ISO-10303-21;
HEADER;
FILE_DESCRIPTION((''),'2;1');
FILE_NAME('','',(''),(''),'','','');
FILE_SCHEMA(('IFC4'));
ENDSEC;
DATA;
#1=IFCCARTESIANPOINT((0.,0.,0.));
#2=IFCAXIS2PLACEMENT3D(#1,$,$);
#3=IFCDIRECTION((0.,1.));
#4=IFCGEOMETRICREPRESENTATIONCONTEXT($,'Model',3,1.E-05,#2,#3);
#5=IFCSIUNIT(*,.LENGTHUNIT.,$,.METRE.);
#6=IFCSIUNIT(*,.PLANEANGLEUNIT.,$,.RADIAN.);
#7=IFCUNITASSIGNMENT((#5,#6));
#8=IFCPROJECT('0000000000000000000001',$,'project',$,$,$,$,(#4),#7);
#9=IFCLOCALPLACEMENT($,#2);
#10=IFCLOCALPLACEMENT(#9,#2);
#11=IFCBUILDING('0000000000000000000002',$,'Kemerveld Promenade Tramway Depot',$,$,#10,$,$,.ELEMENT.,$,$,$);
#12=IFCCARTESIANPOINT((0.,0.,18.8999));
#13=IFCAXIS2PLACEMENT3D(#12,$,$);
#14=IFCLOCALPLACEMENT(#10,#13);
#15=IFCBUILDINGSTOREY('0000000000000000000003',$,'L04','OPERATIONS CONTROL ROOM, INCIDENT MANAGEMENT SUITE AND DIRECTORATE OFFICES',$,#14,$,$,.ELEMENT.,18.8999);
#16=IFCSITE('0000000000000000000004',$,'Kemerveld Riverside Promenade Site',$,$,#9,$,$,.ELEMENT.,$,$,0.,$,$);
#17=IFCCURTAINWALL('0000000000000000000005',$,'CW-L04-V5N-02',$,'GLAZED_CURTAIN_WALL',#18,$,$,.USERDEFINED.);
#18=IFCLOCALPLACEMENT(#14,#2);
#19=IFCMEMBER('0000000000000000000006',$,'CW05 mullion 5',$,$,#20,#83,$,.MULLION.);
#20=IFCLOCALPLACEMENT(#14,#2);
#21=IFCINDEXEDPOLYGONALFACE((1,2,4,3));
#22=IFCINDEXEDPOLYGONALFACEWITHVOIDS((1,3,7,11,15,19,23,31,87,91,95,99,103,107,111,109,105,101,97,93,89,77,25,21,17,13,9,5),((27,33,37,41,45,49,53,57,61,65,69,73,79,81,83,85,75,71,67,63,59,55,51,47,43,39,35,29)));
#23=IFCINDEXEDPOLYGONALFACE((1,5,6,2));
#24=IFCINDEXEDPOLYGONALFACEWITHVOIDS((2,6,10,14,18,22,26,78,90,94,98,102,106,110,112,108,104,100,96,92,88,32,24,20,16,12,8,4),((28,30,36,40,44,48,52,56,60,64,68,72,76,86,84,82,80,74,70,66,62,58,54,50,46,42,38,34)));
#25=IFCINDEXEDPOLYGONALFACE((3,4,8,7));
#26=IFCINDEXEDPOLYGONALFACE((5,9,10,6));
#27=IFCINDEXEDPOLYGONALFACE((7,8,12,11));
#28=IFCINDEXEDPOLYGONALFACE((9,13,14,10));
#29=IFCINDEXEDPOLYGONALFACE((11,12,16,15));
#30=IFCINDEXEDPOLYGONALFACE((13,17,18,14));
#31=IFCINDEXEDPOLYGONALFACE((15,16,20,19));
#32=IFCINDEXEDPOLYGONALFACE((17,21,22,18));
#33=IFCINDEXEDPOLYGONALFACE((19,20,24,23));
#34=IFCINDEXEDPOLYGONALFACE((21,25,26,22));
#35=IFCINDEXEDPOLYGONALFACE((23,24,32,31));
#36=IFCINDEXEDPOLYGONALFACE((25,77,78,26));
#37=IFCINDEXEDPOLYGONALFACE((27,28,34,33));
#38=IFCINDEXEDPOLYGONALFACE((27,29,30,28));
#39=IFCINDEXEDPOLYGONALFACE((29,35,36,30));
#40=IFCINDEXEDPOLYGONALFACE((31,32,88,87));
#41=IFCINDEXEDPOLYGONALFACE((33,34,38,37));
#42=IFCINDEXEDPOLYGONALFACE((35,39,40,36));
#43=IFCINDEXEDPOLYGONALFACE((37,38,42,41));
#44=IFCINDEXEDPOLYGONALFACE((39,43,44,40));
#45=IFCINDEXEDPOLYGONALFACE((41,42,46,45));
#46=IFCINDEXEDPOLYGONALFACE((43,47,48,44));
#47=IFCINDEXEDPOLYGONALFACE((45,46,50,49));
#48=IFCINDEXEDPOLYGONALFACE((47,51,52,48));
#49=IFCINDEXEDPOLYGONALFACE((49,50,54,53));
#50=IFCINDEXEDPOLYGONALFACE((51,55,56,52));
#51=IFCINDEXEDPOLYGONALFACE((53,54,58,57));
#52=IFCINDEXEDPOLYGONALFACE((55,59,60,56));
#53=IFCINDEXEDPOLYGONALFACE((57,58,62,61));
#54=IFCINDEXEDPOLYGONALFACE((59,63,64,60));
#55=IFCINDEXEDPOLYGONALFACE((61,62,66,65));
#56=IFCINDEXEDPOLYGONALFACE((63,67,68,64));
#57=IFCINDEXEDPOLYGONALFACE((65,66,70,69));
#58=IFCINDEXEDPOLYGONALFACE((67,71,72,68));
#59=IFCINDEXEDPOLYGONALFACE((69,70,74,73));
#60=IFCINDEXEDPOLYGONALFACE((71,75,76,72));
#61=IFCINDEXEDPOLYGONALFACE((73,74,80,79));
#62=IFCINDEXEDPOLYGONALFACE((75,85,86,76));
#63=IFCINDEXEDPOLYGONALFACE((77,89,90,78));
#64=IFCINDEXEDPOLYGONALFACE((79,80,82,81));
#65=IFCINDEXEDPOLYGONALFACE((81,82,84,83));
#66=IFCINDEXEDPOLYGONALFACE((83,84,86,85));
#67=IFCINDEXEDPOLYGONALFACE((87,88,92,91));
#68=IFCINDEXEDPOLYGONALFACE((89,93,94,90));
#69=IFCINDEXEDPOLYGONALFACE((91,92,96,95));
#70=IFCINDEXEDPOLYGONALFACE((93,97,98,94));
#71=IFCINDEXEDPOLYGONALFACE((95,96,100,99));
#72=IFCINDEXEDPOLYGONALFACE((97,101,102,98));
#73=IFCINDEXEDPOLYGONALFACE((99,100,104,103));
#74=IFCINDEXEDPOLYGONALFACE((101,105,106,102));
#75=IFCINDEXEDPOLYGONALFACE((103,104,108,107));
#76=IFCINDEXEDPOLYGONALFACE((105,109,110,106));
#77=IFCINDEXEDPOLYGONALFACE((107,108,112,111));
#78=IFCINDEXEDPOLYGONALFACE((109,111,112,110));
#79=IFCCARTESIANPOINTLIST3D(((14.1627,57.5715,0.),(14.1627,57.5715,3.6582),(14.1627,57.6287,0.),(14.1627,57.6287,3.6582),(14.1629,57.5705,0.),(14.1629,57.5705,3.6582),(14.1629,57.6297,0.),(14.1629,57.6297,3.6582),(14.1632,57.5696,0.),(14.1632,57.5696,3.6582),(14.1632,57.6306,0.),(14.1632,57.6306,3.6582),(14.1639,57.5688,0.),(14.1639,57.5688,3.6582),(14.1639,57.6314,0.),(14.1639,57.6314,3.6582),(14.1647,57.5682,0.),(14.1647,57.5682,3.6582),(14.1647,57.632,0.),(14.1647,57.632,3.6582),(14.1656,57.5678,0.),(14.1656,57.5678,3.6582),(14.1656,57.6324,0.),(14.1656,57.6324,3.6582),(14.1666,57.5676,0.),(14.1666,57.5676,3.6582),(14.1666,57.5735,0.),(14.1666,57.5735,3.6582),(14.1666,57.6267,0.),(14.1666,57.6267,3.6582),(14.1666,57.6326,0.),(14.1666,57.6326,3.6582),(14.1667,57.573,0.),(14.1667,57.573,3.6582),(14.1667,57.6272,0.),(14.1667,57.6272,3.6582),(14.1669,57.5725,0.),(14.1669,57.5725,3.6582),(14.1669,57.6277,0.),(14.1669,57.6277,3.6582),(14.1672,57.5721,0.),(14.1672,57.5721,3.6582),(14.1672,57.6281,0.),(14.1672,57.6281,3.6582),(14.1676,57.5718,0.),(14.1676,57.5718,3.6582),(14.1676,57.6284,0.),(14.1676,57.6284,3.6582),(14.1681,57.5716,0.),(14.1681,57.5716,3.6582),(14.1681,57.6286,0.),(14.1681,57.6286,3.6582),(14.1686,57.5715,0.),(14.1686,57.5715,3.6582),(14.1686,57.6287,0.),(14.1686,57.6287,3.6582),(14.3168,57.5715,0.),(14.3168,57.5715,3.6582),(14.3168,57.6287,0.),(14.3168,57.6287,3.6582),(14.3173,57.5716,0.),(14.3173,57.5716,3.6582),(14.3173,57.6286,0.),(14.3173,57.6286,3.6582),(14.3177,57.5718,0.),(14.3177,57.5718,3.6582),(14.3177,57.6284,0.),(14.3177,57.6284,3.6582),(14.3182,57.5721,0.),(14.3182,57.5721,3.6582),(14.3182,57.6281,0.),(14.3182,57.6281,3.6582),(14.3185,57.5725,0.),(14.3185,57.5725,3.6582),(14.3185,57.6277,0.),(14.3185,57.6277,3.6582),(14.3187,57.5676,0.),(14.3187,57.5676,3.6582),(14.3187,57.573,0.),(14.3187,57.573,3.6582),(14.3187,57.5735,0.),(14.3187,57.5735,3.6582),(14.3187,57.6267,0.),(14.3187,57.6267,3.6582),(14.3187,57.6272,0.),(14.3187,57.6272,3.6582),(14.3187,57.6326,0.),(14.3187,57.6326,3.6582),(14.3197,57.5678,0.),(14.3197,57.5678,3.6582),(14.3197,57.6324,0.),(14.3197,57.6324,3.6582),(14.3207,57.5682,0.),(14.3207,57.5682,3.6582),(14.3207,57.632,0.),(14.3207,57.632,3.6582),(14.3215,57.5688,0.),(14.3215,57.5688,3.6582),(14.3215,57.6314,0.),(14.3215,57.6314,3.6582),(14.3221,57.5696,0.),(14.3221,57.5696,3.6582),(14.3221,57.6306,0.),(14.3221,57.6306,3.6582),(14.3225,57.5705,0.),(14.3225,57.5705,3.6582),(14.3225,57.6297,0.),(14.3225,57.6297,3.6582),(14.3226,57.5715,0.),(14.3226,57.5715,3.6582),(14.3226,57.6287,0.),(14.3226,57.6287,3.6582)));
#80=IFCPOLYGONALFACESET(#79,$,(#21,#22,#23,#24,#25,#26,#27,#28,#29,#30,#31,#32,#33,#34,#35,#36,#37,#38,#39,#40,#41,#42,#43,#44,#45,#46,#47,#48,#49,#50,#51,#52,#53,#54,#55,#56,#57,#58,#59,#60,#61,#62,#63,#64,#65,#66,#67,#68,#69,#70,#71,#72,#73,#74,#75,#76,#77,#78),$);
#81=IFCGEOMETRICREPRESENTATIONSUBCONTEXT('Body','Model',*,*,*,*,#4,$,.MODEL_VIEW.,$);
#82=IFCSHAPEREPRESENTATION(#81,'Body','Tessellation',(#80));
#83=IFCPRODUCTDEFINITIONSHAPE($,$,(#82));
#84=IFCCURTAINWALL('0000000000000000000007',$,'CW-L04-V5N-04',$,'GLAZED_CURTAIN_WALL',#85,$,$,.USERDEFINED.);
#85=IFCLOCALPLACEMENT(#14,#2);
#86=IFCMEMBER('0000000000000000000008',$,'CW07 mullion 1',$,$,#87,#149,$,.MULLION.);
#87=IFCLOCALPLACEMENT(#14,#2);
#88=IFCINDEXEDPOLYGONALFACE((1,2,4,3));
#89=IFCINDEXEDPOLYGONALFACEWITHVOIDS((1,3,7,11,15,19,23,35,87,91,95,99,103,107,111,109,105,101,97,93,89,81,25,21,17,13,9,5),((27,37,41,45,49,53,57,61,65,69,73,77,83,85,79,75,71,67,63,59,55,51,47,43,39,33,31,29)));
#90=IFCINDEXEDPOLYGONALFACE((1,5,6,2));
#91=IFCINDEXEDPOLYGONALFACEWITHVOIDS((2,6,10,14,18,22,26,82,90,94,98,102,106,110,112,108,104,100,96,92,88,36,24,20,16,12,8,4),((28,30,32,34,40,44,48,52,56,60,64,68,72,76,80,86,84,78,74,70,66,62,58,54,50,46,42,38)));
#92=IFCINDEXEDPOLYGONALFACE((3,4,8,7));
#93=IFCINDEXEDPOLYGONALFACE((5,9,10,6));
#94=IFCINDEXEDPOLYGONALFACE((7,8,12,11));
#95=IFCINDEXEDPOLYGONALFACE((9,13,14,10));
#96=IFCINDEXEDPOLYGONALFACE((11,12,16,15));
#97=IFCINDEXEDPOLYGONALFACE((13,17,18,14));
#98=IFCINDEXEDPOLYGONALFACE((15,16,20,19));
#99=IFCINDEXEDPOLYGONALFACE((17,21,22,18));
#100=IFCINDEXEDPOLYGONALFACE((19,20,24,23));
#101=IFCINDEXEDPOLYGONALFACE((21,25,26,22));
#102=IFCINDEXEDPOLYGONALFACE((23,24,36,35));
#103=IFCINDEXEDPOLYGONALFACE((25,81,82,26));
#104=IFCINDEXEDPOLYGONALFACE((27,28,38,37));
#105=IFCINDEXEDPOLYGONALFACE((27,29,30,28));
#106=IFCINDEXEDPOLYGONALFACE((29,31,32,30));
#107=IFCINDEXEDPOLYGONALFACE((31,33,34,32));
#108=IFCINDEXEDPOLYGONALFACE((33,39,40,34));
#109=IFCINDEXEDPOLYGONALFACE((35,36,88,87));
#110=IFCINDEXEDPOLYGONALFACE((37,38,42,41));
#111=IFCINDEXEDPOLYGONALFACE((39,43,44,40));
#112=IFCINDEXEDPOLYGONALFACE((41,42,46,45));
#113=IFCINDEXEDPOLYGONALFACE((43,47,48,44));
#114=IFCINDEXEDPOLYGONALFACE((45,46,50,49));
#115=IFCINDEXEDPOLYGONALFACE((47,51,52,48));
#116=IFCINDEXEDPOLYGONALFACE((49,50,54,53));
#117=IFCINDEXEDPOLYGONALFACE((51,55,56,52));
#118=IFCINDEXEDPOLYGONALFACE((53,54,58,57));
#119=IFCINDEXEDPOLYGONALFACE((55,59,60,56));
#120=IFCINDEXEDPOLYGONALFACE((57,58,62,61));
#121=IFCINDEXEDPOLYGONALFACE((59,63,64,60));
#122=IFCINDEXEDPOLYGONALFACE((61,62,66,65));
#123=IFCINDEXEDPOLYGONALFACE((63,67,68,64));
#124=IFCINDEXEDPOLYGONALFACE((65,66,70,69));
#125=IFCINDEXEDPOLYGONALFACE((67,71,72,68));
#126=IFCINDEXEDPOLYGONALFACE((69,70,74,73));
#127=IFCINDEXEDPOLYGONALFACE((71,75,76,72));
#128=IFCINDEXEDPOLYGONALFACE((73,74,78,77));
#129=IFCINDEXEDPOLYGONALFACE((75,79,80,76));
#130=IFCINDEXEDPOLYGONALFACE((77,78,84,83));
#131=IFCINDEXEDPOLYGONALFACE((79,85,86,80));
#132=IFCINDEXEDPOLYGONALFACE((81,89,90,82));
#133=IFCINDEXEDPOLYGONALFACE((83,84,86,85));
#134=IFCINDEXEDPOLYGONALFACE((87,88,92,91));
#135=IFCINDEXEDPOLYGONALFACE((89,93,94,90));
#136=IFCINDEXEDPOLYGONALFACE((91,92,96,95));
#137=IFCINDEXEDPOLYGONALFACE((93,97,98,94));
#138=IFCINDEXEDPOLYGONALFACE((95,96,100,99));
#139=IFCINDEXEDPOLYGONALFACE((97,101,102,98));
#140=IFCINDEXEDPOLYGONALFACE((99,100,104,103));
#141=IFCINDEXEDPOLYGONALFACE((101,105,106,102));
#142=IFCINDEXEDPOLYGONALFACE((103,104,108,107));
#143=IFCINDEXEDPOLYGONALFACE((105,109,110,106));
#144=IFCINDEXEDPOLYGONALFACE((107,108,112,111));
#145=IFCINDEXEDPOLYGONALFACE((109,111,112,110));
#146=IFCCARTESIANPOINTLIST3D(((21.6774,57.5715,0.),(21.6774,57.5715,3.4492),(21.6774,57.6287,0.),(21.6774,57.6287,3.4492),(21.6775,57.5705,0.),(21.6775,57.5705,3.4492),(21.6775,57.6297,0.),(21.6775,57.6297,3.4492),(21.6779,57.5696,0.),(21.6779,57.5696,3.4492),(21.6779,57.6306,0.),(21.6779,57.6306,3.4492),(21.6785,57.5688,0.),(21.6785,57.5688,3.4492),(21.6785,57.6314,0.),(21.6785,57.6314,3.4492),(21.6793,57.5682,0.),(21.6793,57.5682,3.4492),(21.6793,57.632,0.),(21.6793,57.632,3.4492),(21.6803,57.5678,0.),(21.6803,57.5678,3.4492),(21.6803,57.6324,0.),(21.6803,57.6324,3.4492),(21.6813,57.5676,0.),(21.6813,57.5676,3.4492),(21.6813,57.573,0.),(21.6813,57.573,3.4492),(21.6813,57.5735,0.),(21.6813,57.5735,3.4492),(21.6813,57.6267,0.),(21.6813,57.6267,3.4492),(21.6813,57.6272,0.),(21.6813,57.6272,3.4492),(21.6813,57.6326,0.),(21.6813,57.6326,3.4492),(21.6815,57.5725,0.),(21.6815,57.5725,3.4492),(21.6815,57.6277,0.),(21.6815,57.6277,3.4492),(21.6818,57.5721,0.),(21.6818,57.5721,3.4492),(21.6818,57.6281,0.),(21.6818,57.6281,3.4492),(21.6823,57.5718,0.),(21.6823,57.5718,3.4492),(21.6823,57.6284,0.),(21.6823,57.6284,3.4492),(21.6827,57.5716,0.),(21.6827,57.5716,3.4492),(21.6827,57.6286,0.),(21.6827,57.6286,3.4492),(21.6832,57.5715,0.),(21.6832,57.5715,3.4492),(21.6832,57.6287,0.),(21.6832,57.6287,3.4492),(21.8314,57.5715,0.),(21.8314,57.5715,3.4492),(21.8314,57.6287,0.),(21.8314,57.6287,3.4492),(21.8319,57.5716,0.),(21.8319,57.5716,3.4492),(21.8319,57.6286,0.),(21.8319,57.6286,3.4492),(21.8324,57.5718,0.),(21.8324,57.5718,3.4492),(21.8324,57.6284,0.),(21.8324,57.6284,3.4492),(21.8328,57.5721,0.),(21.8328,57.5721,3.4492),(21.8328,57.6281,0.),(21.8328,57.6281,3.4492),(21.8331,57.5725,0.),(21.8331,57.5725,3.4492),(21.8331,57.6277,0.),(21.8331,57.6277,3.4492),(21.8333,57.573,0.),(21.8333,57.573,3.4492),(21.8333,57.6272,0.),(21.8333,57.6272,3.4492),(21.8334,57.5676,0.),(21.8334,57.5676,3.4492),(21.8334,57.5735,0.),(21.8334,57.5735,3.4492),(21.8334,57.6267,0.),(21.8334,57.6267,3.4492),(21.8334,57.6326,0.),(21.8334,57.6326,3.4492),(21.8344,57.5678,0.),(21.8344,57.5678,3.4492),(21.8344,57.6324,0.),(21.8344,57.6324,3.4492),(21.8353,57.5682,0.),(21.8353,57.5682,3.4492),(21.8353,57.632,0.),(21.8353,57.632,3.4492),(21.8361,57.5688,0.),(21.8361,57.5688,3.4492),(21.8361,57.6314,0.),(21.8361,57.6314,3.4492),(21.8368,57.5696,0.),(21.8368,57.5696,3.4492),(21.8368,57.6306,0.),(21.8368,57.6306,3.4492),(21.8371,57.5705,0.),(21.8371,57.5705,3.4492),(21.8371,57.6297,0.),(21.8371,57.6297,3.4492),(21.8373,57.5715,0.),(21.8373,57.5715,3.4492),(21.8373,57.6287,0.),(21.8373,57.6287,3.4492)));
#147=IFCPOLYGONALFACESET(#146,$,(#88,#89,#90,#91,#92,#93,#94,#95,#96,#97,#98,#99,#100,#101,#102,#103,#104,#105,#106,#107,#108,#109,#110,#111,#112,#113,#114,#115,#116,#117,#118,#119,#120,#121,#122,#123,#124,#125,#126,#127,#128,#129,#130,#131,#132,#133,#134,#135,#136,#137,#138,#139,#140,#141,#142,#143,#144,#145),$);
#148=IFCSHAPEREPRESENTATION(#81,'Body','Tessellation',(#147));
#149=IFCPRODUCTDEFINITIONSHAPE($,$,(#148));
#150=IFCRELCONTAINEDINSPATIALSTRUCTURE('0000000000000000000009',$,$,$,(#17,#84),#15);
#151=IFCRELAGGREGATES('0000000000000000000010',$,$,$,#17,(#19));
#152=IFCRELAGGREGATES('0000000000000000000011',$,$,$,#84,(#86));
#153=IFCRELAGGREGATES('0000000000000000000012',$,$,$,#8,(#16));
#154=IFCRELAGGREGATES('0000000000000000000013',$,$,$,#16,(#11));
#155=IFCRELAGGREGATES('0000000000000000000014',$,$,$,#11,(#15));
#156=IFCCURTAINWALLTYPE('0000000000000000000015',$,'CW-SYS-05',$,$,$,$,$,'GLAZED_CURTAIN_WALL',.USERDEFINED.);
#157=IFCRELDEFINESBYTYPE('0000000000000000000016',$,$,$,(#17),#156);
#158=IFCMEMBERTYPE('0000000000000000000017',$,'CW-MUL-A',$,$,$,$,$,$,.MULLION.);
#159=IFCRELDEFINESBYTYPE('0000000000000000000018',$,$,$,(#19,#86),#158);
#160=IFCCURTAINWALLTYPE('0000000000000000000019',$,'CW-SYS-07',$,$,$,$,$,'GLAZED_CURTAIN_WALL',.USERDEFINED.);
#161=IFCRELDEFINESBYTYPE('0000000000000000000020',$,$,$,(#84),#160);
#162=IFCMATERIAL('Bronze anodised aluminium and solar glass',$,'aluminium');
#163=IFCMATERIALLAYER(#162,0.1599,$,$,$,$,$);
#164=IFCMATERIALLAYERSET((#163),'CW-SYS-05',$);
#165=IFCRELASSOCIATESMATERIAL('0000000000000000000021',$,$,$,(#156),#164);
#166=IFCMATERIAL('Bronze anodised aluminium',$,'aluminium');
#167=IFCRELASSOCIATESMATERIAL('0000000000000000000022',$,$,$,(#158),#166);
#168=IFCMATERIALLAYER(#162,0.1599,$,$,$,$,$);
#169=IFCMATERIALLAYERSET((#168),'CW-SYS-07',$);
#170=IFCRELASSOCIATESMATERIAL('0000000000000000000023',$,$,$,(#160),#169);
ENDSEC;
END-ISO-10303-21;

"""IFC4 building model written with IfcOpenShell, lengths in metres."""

from ifc_helpers import new_model, si_unit, direction, frame, origin, origin_2d, place, context, subcontext, project, spatial, hollow_rectangle, extrude, material, layer, layer_set, material_profile, profile_set, type_object, element, aggregate, save


model = new_model("IFC4")

# Units and contexts
model_context = context("Model", 3, precision=1e-05, world=origin(), true_north=direction((0.0, 1.0)))
body_context = subcontext(model_context, "Body", "Model", "MODEL_VIEW")
ifc_project = project(units=[si_unit("LENGTHUNIT", "METRE"), si_unit("PLANEANGLEUNIT", "RADIAN")], contexts=[model_context])

# Site, building, storey
site_placement = place(None, origin())
site = spatial("IfcSite", under=ifc_project, at=site_placement, Name="Kemerveld Riverside Promenade Site", CompositionType="ELEMENT", RefElevation=0.0)
building_placement = place(site_placement, origin())
building = spatial("IfcBuilding", under=site, at=building_placement, Name="Kemerveld Promenade Tramway Depot", CompositionType="ELEMENT")
storey_placement = place(building_placement, frame((0.0, 0.0, 18.8999)))
storey = spatial("IfcBuildingStorey", under=building, at=storey_placement, Name="L04", Description="OPERATIONS CONTROL ROOM, INCIDENT MANAGEMENT SUITE AND DIRECTORATE OFFICES", CompositionType="ELEMENT", Elevation=18.8999)

# Curtain wall, member
ifc_material_1 = material(Name="Bronze anodised aluminium and solar glass", Category="aluminium")
ifc_layer_1 = layer(ifc_material_1, 0.1599)
ifc_layer_set_1 = layer_set([ifc_layer_1], Name="CW-SYS-05")
curtain_wall_type_1 = type_object("IfcCurtainWallType", Name="CW-SYS-05", ElementType="GLAZED_CURTAIN_WALL", PredefinedType="USERDEFINED", material=ifc_layer_set_1)
curtain_wall_1_placement = place(storey_placement, origin())
curtain_wall_1 = element("IfcCurtainWall", 1, at=curtain_wall_1_placement, inside=storey, type_object=curtain_wall_type_1, Name="CW-L04-V5N-02", ObjectType="GLAZED_CURTAIN_WALL", PredefinedType="USERDEFINED")
ifc_material_2 = material(Name="Bronze anodised aluminium", Category="aluminium")
ifc_material_profile_1 = material_profile(ifc_material_2, hollow_rectangle(XDim=0.0649, YDim=0.1599, WallThickness=0.0039, InnerFilletRadius=0.002, OuterFilletRadius=0.0039, at=origin_2d()), Name="CW-MUL-160x65")
ifc_profile_set_1 = profile_set([ifc_material_profile_1], Name="Bronze anodised aluminium")
member_type_1 = type_object("IfcMemberType", Name="CW-MUL-A", PredefinedType="MULLION", material=ifc_profile_set_1)
member_1_placement = place(storey_placement, frame((14.2427, 57.6001, 0.0), z_axis=(0.0, 0.0, 1.0), x_axis=(0.0, 1.0, 0.0)))
member_1 = element("IfcMember", 2, at=member_1_placement, type_object=member_type_1, Name="CW05 mullion 5", PredefinedType="MULLION", context=body_context, shape_type="SweptSolid", body=[
    extrude(hollow_rectangle(XDim=0.0649, YDim=0.1599, WallThickness=0.0039, InnerFilletRadius=0.002, OuterFilletRadius=0.0039, at=origin_2d()), origin(), (0.0, 0.0, 1.0), 3.6582),
])

# Curtain wall, member
ifc_layer_2 = layer(ifc_material_1, 0.1599)
ifc_layer_set_2 = layer_set([ifc_layer_2], Name="CW-SYS-07")
curtain_wall_type_2 = type_object("IfcCurtainWallType", Name="CW-SYS-07", ElementType="GLAZED_CURTAIN_WALL", PredefinedType="USERDEFINED", material=ifc_layer_set_2)
curtain_wall_2_placement = place(storey_placement, origin())
curtain_wall_2 = element("IfcCurtainWall", 3, at=curtain_wall_2_placement, inside=storey, type_object=curtain_wall_type_2, Name="CW-L04-V5N-04", ObjectType="GLAZED_CURTAIN_WALL", PredefinedType="USERDEFINED")
member_2_placement = place(storey_placement, frame((21.7573, 57.6001, 0.0), z_axis=(0.0, 0.0, 1.0), x_axis=(0.0, 1.0, 0.0)))
member_2 = element("IfcMember", 4, at=member_2_placement, type_object=member_type_1, Name="CW07 mullion 1", PredefinedType="MULLION", context=body_context, shape_type="SweptSolid", body=[
    extrude(hollow_rectangle(XDim=0.0649, YDim=0.1599, WallThickness=0.0039, InnerFilletRadius=0.002, OuterFilletRadius=0.0039, at=origin_2d()), origin(), (0.0, 0.0, 1.0), 3.4492),
])

aggregate(curtain_wall_1, [member_1])
aggregate(curtain_wall_2, [member_2])

save(model, "model.ifc")
